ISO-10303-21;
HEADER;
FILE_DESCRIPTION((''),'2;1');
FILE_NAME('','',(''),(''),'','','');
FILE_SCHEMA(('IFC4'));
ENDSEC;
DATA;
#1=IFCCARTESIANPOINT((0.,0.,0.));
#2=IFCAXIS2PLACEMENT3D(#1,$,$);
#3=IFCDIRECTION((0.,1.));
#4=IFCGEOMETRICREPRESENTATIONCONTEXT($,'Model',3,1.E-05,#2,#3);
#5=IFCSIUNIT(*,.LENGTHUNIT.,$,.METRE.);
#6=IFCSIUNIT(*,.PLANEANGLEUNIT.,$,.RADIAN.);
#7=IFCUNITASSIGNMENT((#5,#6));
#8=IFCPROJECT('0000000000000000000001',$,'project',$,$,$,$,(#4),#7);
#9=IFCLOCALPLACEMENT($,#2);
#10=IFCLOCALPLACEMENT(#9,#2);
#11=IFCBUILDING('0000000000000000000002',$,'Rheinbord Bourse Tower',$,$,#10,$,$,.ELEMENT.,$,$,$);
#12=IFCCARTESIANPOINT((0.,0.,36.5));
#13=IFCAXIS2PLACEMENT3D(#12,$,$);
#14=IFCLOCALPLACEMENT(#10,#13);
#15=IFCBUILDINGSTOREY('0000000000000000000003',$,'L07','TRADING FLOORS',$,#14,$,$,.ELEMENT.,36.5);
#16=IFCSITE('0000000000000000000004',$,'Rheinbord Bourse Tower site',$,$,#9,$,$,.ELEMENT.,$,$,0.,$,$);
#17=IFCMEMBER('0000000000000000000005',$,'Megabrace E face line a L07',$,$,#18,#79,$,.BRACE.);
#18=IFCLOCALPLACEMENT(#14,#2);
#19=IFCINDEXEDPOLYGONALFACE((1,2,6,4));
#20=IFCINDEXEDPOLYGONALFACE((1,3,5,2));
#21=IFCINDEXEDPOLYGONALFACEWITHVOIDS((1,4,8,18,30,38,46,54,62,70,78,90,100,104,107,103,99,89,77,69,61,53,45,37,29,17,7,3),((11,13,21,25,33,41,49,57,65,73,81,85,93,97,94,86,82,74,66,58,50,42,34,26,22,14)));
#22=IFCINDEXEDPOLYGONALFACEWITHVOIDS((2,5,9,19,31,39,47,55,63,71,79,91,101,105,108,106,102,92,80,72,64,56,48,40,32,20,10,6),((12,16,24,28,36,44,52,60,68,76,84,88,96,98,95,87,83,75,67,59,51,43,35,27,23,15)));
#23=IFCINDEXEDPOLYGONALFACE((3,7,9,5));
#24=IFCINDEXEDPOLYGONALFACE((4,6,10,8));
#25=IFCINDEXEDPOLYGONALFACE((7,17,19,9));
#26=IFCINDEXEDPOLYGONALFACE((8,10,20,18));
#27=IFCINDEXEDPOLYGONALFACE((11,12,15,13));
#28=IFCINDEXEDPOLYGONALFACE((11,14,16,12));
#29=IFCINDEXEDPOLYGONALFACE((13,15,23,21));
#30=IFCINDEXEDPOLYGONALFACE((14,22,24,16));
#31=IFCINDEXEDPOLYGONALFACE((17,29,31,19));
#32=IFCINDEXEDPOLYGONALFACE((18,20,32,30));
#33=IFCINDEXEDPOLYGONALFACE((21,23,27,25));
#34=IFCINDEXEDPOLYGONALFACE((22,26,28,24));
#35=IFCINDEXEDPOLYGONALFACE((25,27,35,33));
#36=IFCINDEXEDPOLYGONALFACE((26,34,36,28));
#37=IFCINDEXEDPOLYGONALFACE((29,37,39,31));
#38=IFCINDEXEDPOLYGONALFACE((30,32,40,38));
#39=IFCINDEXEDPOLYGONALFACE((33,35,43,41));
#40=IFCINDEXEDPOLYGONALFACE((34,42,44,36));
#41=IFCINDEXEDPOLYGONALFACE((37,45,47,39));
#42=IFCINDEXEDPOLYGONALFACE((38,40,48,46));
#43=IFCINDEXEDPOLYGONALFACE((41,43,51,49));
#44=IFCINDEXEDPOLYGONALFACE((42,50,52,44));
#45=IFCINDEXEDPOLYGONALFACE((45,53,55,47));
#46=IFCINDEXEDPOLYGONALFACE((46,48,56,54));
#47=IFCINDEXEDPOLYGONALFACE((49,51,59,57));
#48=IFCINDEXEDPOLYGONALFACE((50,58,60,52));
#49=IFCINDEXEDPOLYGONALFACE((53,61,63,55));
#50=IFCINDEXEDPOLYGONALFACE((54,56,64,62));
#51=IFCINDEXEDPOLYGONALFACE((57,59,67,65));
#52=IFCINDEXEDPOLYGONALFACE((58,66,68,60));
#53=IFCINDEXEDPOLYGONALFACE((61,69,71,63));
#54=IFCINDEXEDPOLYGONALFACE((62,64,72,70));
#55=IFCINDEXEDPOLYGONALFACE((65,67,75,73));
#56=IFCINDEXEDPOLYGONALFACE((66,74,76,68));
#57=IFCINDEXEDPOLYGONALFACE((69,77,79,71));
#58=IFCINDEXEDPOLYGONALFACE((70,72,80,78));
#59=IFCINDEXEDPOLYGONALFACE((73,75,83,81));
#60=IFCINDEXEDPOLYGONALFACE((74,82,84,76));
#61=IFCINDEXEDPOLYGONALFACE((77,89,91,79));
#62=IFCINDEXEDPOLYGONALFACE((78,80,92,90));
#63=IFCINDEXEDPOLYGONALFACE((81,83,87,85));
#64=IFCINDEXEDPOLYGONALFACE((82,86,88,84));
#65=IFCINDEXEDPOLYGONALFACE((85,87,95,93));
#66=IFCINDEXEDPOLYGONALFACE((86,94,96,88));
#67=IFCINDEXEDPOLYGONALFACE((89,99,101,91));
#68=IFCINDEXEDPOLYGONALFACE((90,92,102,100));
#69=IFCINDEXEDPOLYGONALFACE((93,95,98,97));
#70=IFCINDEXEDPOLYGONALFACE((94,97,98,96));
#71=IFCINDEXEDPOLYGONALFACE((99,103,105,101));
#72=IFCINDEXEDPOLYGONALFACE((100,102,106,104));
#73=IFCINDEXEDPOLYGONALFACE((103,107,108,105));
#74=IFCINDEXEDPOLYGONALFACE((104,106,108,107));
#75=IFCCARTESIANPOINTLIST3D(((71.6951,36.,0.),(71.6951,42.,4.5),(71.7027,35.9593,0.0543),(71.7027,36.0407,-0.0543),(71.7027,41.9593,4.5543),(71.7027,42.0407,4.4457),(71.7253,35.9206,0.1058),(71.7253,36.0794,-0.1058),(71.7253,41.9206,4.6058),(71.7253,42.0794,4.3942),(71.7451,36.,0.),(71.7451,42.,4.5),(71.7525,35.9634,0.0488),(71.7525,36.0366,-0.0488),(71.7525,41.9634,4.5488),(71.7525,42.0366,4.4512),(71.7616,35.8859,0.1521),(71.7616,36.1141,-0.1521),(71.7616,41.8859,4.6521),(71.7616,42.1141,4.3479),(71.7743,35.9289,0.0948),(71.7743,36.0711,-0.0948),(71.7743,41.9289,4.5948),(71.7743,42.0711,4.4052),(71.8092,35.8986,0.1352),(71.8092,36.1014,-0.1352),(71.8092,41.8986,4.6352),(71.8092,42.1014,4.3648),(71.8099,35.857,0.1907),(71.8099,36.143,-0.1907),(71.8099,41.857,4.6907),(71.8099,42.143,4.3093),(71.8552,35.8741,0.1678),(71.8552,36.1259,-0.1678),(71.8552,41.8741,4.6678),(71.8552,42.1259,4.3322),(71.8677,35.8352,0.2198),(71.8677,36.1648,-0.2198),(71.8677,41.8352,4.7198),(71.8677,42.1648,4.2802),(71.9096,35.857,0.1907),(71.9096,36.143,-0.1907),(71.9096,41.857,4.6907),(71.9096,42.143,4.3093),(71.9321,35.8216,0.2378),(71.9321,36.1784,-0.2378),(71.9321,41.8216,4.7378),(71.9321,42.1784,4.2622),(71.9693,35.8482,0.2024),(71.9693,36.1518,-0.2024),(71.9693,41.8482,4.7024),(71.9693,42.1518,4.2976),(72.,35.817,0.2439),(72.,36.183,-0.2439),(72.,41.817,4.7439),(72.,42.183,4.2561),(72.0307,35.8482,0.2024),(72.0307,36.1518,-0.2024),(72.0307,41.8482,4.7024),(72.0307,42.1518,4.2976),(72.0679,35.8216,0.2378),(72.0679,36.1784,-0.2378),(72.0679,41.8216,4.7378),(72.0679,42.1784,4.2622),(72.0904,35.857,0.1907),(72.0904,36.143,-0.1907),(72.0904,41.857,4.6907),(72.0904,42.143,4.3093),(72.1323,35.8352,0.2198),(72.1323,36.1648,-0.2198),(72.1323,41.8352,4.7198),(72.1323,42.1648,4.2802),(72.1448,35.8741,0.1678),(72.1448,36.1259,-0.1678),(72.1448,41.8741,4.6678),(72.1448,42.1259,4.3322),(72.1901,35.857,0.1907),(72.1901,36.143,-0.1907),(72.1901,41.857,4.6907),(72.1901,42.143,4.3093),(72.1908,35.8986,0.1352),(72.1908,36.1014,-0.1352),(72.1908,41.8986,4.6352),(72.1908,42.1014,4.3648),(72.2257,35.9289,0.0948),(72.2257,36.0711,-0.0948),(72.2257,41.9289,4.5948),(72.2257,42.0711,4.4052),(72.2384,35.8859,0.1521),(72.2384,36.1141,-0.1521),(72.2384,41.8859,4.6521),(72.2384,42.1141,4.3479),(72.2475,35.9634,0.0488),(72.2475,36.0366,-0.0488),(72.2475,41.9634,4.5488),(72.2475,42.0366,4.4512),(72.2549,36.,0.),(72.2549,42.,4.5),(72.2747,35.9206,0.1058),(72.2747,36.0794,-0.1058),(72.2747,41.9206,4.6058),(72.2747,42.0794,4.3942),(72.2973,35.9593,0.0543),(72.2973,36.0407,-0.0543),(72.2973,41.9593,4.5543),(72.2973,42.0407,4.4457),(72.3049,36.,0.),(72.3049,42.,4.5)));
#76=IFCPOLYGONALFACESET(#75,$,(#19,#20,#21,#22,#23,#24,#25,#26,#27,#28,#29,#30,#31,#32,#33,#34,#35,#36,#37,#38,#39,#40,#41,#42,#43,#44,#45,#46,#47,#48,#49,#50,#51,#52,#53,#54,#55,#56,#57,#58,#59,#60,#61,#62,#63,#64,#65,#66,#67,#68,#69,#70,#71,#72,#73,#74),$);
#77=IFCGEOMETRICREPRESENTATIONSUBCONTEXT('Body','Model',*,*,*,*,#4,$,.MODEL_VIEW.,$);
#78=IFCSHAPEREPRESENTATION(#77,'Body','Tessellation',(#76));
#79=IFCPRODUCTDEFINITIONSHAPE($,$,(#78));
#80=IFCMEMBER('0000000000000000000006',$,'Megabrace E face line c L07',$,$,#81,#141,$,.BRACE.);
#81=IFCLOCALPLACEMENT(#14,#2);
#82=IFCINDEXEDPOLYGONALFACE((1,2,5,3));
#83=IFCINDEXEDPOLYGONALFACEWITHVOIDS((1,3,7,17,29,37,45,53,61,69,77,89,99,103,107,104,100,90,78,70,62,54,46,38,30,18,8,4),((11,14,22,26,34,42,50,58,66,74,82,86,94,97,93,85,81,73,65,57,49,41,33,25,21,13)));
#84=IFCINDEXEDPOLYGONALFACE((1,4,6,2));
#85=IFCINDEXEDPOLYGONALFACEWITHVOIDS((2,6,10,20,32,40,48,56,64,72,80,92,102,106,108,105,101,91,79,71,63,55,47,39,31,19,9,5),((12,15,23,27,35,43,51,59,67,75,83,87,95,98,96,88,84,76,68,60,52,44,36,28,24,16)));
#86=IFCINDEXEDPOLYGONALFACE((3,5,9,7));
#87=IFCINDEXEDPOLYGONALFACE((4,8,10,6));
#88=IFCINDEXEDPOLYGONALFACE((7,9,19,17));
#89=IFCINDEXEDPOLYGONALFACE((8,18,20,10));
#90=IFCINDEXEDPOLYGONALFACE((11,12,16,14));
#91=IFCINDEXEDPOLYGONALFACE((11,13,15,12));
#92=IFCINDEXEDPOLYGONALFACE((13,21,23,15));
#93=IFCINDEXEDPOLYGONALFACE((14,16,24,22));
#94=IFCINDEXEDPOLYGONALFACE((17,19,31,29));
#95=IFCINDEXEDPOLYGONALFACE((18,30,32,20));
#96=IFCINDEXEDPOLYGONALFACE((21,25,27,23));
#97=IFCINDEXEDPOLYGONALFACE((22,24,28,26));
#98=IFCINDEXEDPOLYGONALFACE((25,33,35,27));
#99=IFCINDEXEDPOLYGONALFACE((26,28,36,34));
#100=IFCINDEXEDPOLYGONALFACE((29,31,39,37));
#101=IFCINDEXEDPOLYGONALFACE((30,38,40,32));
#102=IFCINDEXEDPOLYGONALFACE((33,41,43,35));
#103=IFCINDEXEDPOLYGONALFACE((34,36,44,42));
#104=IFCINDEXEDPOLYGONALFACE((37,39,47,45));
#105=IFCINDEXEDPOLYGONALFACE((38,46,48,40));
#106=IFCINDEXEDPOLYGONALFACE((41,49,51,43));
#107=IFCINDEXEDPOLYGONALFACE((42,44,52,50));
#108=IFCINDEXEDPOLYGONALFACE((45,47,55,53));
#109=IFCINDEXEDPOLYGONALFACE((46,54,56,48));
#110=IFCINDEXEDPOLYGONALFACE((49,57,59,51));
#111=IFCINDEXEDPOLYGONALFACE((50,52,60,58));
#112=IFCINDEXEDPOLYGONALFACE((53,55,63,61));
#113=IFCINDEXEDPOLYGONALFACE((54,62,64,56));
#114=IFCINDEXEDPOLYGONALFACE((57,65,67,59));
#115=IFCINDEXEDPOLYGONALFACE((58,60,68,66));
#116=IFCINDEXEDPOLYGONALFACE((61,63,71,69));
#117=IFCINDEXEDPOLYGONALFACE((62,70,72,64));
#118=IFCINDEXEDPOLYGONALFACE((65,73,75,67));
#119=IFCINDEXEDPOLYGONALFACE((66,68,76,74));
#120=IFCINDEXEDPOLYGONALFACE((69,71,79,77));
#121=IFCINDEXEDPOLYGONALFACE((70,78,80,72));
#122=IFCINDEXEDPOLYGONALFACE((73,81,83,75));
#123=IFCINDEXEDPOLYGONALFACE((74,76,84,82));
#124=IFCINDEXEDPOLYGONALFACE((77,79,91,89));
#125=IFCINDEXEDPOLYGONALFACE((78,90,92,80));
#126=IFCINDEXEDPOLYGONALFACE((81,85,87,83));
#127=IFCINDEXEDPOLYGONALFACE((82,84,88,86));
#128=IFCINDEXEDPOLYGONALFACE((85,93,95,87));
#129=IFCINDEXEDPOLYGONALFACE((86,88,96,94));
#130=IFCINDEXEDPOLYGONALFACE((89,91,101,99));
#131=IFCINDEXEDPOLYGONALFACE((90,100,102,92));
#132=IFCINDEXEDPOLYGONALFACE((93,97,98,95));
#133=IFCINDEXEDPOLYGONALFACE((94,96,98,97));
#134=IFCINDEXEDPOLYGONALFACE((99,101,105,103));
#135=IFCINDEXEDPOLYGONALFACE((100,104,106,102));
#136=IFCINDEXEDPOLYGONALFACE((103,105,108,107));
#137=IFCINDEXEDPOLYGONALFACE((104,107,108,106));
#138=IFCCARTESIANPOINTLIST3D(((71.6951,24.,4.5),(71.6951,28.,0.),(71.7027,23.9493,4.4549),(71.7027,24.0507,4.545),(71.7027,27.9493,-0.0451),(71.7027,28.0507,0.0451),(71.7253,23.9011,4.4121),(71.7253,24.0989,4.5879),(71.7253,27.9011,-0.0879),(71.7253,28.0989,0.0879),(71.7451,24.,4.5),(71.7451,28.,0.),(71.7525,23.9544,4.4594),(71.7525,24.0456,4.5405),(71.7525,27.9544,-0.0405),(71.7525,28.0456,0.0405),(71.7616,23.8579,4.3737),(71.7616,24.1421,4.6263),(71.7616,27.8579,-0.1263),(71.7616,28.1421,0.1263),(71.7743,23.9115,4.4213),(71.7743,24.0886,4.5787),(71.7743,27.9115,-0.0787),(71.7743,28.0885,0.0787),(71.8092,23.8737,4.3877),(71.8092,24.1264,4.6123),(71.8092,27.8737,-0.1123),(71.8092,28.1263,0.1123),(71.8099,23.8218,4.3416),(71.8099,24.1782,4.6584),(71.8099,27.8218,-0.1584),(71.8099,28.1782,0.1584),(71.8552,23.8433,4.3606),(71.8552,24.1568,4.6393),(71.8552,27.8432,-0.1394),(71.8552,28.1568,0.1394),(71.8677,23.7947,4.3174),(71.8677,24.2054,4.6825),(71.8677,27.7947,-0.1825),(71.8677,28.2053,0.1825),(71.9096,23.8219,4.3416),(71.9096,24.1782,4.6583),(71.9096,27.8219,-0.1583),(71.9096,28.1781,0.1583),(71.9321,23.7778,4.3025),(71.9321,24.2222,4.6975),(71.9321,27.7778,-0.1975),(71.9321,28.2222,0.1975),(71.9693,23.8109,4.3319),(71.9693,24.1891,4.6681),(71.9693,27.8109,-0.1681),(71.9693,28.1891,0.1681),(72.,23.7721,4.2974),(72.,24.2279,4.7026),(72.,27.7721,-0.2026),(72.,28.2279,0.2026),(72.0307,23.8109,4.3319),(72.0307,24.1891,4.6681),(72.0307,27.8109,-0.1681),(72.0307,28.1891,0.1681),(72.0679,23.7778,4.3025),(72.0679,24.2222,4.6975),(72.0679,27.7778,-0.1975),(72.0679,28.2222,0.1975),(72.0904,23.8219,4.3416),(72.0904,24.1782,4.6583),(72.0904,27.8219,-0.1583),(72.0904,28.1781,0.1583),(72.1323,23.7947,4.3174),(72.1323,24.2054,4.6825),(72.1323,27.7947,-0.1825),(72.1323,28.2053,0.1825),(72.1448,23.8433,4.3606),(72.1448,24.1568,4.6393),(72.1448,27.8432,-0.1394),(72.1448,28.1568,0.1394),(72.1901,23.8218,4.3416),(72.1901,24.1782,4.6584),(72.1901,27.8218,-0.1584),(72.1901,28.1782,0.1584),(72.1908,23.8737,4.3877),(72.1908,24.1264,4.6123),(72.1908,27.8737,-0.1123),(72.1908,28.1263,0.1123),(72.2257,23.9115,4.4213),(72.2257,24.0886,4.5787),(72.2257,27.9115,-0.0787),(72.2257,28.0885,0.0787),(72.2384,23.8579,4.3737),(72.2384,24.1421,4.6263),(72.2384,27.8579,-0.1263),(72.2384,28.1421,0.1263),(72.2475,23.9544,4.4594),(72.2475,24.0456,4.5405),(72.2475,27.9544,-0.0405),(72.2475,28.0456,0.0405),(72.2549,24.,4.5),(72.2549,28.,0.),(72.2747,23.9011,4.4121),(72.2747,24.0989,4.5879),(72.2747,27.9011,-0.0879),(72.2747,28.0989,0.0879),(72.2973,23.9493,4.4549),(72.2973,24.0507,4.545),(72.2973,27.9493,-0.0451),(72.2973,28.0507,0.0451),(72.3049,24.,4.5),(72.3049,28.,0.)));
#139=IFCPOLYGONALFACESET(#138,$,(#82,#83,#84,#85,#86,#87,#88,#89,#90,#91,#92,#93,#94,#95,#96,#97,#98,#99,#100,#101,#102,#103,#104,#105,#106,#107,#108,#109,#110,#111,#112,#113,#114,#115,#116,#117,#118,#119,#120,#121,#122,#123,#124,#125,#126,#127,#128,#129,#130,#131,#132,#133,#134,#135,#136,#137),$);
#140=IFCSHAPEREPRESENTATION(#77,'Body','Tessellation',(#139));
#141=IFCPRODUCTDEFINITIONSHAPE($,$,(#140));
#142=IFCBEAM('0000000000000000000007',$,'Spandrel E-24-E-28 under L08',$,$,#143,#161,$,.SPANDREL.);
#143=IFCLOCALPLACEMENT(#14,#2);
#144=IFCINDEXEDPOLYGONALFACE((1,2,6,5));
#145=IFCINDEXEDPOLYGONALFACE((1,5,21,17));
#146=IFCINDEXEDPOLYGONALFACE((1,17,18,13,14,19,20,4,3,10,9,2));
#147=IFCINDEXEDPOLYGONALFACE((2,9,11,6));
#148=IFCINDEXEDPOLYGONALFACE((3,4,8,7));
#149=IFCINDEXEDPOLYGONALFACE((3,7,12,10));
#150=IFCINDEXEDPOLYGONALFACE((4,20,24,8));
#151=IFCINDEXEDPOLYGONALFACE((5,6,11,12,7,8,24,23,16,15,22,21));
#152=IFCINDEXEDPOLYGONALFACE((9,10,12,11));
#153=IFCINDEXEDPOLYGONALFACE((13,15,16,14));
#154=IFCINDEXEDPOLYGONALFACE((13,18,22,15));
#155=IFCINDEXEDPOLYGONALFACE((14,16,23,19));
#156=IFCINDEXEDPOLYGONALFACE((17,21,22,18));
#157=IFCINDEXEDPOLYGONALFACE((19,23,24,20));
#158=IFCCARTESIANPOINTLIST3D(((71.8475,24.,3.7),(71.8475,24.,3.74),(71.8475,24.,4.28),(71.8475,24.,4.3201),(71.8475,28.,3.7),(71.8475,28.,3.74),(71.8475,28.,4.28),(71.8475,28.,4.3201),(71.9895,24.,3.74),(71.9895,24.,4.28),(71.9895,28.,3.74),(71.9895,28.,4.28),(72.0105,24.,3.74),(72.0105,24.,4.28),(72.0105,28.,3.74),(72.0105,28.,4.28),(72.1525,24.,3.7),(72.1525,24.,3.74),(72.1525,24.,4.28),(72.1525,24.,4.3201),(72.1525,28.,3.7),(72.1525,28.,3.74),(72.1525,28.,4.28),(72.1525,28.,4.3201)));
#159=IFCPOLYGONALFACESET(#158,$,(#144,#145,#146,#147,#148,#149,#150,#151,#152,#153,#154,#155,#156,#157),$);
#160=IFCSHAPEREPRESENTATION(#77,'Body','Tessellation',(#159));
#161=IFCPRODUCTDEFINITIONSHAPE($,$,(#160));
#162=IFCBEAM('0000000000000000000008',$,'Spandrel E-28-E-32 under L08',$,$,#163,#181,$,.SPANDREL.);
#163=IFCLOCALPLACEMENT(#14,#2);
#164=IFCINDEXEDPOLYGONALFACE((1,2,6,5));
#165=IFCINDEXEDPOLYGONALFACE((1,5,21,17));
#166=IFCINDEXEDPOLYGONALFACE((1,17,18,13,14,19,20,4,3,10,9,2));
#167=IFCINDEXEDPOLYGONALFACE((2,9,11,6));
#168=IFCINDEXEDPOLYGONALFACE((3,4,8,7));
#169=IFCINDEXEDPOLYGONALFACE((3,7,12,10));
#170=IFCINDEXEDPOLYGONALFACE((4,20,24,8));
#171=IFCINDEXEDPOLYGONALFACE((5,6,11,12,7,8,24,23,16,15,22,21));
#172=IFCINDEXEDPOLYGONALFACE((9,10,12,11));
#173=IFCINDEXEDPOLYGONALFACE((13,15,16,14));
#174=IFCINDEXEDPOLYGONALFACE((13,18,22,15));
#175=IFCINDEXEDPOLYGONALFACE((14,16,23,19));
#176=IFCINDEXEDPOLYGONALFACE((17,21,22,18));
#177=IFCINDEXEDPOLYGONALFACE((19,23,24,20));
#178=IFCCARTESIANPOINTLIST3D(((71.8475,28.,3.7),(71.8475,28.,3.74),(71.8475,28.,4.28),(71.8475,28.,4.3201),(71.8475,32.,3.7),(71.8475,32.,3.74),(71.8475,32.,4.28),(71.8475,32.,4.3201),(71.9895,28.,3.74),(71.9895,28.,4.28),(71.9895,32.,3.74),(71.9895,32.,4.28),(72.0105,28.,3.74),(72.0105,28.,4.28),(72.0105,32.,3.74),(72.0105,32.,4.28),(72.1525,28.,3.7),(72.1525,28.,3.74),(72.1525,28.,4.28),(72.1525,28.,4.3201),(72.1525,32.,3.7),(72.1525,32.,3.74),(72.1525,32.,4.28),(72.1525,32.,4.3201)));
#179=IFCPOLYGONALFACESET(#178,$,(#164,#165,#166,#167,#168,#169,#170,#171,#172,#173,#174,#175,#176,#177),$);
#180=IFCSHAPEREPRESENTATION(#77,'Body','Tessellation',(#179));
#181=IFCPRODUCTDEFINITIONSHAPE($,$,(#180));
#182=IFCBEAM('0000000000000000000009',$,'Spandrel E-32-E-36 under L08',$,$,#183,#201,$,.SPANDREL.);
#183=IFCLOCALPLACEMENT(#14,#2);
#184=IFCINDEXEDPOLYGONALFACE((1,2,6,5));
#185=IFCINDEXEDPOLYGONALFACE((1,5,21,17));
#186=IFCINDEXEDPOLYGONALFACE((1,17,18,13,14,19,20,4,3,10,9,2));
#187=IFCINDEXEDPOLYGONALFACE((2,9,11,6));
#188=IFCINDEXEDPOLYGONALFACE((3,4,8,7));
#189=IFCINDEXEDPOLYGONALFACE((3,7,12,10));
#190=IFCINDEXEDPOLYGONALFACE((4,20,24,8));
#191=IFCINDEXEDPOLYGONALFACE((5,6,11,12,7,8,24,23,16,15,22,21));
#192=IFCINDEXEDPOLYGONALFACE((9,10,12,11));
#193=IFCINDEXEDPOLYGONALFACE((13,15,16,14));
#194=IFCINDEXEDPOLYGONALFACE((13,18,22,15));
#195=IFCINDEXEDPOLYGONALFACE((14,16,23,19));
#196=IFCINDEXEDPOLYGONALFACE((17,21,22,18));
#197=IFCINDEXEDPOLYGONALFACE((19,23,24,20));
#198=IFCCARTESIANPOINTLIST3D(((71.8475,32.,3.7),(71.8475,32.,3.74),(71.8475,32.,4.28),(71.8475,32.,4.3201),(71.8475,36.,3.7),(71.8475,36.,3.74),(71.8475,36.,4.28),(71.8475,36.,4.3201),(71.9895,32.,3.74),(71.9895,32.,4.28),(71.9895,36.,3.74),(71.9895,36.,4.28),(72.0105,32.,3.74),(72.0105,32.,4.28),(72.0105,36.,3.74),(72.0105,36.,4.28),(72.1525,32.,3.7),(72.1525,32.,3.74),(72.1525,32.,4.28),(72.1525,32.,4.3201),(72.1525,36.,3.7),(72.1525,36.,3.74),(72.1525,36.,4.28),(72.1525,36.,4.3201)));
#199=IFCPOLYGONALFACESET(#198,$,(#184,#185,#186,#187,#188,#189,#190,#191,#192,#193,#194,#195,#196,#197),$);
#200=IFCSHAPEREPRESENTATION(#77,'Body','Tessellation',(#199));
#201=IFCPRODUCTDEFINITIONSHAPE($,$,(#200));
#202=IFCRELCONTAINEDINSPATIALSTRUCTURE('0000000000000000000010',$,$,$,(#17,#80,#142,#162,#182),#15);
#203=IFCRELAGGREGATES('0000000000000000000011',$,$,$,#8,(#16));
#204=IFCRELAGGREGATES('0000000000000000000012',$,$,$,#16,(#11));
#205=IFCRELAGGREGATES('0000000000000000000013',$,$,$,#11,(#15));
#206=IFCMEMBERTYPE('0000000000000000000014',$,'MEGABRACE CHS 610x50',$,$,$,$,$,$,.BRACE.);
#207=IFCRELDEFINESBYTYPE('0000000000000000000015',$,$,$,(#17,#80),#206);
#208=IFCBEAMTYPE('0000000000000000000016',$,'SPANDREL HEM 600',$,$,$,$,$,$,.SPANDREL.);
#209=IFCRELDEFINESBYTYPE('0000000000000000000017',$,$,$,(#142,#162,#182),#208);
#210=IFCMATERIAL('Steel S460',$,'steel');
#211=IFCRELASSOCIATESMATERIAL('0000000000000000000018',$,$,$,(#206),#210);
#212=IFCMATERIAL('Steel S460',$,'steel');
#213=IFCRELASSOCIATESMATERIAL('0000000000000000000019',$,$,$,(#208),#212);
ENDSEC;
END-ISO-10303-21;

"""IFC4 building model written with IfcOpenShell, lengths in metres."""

from ifc_helpers import new_model, si_unit, direction, frame, origin, origin_2d, place, context, subcontext, project, spatial, hollow_circle, i_section, extrude, material, material_profile, profile_set, type_object, element, save


model = new_model("IFC4")

# Units and contexts
model_context = context("Model", 3, precision=1e-05, world=origin(), true_north=direction((0.0, 1.0)))
body_context = subcontext(model_context, "Body", "Model", "MODEL_VIEW")
ifc_project = project(units=[si_unit("LENGTHUNIT", "METRE"), si_unit("PLANEANGLEUNIT", "RADIAN")], contexts=[model_context])

# Site, building, storey
site_placement = place(None, origin())
site = spatial("IfcSite", under=ifc_project, at=site_placement, Name="Rheinbord Bourse Tower site", CompositionType="ELEMENT", RefElevation=0.0)
building_placement = place(site_placement, origin())
building = spatial("IfcBuilding", under=site, at=building_placement, Name="Rheinbord Bourse Tower", CompositionType="ELEMENT")
storey_placement = place(building_placement, frame((0.0, 0.0, 36.5)))
storey = spatial("IfcBuildingStorey", under=building, at=storey_placement, Name="L07", Description="TRADING FLOORS", CompositionType="ELEMENT", Elevation=36.5)

# Members
ifc_material_1 = material(Name="Steel S460", Category="steel")
ifc_material_profile_1 = material_profile(ifc_material_1, hollow_circle(Radius=0.3049, WallThickness=0.05, at=origin_2d()), Name="CHS 610x50")
ifc_profile_set_1 = profile_set([ifc_material_profile_1], Name="Steel S460")
member_type_1 = type_object("IfcMemberType", Name="MEGABRACE CHS 610x50", PredefinedType="BRACE", material=ifc_profile_set_1)
member_1_placement = place(storey_placement, frame((72.0, 36.0, 0.0), z_axis=(0.0, 0.8, 0.6), x_axis=(-1.0, 0.0, 0.0)))
element("IfcMember", 1, at=member_1_placement, inside=storey, type_object=member_type_1, Name="Megabrace E face line a L07", PredefinedType="BRACE", context=body_context, shape_type="SweptSolid", body=[
    extrude(hollow_circle(Radius=0.3049, WallThickness=0.05, at=origin_2d()), origin(), (0.0, 0.0, 1.0), 7.5),
])
member_2_placement = place(storey_placement, frame((72.0, 28.0, 0.0), z_axis=(0.0, -0.664364, 0.747409), x_axis=(1.0, 0.0, 0.0)))
element("IfcMember", 2, at=member_2_placement, inside=storey, type_object=member_type_1, Name="Megabrace E face line c L07", PredefinedType="BRACE", context=body_context, shape_type="SweptSolid", body=[
    extrude(hollow_circle(Radius=0.3049, WallThickness=0.05, at=origin_2d()), origin(), (0.0, 0.0, 1.0), 6.0208),
])

# Beams
ifc_material_2 = material(Name="Steel S460", Category="steel")
ifc_material_profile_2 = material_profile(ifc_material_2, i_section(OverallWidth=0.3049, OverallDepth=0.6201, WebThickness=0.021, FlangeThickness=0.04, at=origin_2d()), Name="HEM 600")
ifc_profile_set_2 = profile_set([ifc_material_profile_2], Name="Steel S460")
beam_type_1 = type_object("IfcBeamType", Name="SPANDREL HEM 600", PredefinedType="SPANDREL", material=ifc_profile_set_2)
for number, where, z_axis, x_axis, name in (
    (3, (72.0, 24.0, 4.01), (0.0, 1.0, 0.0), (-1.0, 0.0, 0.0), "Spandrel E-24-E-28 under L08"),
    (4, (72.0, 28.0, 4.01), (0.0, 1.0, 0.0), (-1.0, 0.0, 0.0), "Spandrel E-28-E-32 under L08"),
    (5, (72.0, 32.0, 4.01), (0.0, 1.0, 0.0), (-1.0, 0.0, 0.0), "Spandrel E-32-E-36 under L08"),
):
    element("IfcBeam", number, at=place(storey_placement, frame(where, z_axis=z_axis, x_axis=x_axis)), inside=storey, type_object=beam_type_1, Name=name, PredefinedType="SPANDREL", context=body_context, shape_type="SweptSolid", body=[
        extrude(i_section(OverallWidth=0.3049, OverallDepth=0.6201, WebThickness=0.021, FlangeThickness=0.04, at=origin_2d()), origin(), (0.0, 0.0, 1.0), 4.0),
    ])

save(model, "model.ifc")
